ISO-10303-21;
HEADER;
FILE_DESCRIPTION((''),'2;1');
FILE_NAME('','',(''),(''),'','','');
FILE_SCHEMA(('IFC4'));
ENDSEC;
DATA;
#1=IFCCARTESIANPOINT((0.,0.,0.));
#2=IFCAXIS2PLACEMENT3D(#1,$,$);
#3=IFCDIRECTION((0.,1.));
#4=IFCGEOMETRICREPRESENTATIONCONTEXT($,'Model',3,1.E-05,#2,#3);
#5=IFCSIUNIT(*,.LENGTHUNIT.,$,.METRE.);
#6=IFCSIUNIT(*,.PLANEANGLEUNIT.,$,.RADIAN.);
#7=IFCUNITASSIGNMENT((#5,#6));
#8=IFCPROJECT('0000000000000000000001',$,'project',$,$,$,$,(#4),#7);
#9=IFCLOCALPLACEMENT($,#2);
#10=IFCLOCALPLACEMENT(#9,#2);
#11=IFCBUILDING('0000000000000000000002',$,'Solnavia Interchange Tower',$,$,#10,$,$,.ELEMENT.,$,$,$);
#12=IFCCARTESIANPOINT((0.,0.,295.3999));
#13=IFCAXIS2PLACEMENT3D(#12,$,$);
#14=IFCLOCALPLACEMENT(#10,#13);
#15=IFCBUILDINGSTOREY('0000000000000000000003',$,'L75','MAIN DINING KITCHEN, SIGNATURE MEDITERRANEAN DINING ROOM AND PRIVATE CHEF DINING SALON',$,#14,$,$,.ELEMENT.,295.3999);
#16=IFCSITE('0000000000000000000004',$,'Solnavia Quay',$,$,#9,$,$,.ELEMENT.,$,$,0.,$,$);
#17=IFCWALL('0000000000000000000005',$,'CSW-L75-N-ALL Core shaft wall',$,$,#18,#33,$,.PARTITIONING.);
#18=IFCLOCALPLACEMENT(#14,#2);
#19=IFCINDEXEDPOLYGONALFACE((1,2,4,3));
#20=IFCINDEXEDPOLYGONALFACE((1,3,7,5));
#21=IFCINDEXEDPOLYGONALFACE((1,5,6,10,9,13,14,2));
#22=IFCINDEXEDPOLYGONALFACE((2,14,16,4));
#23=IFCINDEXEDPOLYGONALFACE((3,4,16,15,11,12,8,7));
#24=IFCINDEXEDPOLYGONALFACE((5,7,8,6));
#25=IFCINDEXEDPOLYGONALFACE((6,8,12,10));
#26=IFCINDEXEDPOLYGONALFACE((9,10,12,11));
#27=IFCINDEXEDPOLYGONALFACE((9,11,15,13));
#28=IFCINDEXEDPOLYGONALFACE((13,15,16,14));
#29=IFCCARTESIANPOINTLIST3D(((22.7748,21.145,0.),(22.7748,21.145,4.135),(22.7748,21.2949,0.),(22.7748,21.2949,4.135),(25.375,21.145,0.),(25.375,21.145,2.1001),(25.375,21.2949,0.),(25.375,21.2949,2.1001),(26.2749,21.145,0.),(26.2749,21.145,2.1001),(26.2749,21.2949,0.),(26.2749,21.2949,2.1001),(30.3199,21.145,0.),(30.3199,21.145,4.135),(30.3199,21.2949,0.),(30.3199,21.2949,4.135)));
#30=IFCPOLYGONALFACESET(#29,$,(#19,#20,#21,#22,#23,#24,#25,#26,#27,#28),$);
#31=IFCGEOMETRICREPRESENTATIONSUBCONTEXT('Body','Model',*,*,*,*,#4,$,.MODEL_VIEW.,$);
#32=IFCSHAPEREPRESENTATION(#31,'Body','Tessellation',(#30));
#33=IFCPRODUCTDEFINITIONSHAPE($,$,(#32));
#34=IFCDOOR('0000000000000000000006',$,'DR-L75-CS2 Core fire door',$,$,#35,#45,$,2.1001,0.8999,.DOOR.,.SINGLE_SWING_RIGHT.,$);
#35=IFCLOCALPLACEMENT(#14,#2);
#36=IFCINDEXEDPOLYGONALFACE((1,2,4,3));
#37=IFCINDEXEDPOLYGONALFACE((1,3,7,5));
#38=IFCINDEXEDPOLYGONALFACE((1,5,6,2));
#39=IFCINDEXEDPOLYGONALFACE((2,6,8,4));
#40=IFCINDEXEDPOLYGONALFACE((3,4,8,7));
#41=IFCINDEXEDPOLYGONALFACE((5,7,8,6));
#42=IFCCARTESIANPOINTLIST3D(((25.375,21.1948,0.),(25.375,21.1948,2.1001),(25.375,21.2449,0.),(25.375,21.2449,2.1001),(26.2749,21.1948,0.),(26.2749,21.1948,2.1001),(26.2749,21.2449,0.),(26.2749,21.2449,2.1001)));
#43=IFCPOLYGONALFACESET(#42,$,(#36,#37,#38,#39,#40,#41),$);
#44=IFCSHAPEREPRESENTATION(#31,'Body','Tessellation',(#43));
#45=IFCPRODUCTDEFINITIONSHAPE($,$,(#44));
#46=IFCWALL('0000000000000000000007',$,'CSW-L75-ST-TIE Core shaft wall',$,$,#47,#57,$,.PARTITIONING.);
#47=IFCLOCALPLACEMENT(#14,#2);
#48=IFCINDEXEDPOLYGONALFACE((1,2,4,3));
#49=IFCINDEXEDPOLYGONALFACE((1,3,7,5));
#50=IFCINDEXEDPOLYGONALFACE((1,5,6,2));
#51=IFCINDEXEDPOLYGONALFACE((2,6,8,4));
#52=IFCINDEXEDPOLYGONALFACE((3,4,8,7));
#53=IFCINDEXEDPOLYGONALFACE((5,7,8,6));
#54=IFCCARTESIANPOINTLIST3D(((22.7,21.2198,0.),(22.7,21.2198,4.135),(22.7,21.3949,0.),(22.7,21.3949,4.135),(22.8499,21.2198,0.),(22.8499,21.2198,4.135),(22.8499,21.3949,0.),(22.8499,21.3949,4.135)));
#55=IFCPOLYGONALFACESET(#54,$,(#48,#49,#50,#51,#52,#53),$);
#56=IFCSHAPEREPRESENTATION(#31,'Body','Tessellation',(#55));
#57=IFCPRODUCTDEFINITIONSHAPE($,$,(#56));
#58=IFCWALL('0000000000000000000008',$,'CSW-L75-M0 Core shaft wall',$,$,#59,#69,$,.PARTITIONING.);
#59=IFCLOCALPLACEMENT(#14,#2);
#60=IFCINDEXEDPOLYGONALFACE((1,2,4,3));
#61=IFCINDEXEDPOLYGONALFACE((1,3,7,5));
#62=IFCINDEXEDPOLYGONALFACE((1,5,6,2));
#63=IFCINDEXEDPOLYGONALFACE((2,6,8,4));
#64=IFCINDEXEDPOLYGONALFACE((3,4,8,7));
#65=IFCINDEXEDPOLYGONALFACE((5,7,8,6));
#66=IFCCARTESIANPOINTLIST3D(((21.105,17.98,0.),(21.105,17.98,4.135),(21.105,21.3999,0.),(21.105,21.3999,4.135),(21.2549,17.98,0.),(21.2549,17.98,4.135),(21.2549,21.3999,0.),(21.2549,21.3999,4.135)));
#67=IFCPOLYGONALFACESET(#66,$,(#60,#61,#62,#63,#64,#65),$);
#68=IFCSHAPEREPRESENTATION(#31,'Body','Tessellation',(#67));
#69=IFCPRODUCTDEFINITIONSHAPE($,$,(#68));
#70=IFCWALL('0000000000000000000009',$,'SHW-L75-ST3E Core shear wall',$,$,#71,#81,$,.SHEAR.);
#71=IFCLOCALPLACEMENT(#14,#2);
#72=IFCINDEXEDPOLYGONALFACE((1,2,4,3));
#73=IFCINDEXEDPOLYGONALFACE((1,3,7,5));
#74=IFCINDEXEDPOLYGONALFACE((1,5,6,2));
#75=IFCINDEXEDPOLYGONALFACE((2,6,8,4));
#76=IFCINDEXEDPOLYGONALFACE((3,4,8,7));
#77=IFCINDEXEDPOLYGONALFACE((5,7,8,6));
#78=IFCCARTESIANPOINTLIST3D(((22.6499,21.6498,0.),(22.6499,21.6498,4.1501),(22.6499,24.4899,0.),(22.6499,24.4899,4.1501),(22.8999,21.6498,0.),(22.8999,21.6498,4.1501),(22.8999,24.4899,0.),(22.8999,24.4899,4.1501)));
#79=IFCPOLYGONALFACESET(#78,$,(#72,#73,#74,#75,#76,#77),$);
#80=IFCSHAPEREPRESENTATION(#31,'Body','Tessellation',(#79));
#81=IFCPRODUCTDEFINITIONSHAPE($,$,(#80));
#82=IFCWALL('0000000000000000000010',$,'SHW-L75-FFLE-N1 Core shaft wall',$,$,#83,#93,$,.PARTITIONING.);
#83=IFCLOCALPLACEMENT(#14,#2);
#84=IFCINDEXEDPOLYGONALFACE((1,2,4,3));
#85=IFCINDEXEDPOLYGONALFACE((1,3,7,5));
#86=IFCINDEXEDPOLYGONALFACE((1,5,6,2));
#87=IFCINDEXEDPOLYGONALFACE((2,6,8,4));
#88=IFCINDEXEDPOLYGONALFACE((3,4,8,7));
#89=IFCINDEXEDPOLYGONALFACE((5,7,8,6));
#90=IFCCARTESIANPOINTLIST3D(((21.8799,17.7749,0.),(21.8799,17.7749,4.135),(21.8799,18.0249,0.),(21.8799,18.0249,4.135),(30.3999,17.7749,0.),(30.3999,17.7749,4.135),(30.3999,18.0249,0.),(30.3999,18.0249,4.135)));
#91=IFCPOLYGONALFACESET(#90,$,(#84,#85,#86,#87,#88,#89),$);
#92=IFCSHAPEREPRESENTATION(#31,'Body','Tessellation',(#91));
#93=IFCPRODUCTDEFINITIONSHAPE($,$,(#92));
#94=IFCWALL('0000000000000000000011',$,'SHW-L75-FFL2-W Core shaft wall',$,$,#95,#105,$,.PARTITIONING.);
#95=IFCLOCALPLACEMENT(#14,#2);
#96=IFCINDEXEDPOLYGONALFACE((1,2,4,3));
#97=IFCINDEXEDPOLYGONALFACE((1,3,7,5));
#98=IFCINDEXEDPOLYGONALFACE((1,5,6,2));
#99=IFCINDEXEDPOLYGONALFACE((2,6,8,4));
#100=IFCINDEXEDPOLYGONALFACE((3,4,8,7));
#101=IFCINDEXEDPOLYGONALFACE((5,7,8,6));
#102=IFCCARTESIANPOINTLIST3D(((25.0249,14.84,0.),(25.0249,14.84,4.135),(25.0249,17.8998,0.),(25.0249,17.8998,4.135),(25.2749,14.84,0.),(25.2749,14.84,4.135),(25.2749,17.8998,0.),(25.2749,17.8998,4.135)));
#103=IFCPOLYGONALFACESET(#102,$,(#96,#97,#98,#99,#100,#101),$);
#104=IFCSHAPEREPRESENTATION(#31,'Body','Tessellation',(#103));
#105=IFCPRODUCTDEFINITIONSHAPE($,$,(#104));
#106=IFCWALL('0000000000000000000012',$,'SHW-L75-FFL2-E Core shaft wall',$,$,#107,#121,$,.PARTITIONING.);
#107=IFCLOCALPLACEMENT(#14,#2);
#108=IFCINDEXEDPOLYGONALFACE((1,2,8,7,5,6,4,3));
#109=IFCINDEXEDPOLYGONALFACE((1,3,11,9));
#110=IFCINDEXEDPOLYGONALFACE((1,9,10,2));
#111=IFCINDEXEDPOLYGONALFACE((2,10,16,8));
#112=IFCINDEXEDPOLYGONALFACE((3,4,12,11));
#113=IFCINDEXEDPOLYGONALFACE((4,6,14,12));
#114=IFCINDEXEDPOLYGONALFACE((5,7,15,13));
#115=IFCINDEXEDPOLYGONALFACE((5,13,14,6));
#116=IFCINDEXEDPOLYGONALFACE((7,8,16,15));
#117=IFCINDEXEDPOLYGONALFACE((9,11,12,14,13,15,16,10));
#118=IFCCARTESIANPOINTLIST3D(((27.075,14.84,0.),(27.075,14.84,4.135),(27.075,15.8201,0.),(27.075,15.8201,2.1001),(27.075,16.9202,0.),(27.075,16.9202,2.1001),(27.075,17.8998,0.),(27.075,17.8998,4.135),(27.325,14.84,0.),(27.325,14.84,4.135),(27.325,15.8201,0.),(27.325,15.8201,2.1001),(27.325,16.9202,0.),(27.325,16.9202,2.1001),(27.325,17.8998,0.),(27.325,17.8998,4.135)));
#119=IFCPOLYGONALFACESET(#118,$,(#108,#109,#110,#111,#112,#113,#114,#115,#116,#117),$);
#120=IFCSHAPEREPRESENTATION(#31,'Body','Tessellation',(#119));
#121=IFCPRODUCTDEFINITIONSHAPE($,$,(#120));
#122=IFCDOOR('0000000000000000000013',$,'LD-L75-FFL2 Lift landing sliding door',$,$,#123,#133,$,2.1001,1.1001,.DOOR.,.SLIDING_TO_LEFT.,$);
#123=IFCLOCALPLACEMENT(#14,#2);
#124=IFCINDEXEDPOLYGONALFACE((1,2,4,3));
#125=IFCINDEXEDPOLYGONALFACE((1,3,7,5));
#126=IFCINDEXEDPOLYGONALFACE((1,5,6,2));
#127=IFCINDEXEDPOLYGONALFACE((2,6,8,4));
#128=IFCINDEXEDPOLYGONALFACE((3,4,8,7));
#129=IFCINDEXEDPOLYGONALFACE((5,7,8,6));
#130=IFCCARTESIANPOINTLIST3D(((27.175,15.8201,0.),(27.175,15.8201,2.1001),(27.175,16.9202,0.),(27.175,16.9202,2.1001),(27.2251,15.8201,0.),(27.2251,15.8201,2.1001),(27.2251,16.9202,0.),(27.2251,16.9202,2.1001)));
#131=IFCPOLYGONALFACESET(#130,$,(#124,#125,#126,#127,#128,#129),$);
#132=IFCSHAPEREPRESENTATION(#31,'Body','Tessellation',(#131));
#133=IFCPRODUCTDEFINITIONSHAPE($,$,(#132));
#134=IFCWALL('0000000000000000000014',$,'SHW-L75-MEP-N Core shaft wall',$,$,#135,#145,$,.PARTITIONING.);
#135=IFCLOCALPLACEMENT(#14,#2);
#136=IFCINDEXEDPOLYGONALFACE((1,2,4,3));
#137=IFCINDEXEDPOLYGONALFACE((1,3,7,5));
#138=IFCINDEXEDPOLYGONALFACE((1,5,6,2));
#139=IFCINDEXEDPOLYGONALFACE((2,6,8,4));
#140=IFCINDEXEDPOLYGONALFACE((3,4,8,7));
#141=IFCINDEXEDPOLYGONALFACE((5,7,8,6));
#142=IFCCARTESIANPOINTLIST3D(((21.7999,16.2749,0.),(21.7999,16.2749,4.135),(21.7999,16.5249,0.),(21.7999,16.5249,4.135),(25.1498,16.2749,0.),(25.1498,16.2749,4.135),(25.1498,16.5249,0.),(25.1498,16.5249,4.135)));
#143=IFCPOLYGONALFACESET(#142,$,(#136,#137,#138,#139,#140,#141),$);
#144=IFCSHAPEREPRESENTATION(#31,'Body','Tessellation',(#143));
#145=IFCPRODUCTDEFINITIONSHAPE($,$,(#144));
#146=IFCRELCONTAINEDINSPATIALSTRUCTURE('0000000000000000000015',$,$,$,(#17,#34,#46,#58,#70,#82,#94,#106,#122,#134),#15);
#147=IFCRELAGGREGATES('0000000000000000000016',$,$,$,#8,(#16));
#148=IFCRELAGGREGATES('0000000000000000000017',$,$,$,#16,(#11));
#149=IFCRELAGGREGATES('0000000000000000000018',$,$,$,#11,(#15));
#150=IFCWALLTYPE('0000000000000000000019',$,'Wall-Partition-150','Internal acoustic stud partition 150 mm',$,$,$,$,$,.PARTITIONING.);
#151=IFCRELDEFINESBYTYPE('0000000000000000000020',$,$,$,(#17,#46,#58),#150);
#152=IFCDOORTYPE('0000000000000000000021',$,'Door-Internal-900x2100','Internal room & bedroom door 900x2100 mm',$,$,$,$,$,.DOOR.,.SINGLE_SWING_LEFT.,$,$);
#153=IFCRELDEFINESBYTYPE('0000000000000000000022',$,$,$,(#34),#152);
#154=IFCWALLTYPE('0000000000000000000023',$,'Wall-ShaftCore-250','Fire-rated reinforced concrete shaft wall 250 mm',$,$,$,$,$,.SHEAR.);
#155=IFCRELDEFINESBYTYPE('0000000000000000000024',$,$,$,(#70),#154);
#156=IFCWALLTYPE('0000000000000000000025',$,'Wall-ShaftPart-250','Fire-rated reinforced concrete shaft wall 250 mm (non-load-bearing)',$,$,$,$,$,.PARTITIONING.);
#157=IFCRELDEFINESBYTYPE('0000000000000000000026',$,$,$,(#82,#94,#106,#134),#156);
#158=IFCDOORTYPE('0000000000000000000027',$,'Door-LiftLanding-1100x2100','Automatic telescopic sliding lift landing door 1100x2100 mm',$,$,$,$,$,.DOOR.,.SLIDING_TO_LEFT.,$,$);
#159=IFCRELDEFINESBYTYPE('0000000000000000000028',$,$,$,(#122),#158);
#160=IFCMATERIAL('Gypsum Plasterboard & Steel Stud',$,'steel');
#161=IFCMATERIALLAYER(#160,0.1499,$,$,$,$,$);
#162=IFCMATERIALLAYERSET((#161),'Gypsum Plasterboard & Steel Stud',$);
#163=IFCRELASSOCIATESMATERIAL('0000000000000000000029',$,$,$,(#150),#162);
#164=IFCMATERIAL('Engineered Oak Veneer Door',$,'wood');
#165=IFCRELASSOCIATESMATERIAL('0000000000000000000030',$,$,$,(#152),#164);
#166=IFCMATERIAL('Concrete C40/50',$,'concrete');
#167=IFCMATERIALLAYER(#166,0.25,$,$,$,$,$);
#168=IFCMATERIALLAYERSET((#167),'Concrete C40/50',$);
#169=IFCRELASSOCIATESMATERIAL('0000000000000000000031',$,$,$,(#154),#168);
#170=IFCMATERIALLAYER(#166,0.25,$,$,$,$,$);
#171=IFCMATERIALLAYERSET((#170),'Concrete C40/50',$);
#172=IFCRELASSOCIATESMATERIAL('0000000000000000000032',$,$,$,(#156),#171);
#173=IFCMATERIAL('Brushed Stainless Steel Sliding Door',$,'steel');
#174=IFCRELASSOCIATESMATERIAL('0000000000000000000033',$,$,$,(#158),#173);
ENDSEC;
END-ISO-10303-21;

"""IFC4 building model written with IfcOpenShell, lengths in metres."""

from ifc_helpers import new_model, si_unit, direction, frame, frame_2d, origin, place, context, subcontext, project, spatial, rectangle, extrude, material, layer, layer_set, type_object, element, fill, save


model = new_model("IFC4")

# Units and contexts
model_context = context("Model", 3, precision=1e-05, world=origin(), true_north=direction((0.0, 1.0)))
body_context = subcontext(model_context, "Body", "Model", "MODEL_VIEW")
ifc_project = project(units=[si_unit("LENGTHUNIT", "METRE"), si_unit("PLANEANGLEUNIT", "RADIAN")], contexts=[model_context])

# Site, building, storey
site_placement = place(None, origin())
site = spatial("IfcSite", under=ifc_project, at=site_placement, Name="Solnavia Quay", CompositionType="ELEMENT", RefElevation=0.0)
building_placement = place(site_placement, origin())
building = spatial("IfcBuilding", under=site, at=building_placement, Name="Solnavia Interchange Tower", CompositionType="ELEMENT")
storey_placement = place(building_placement, frame((0.0, 0.0, 295.3999)))
storey = spatial("IfcBuildingStorey", under=building, at=storey_placement, Name="L75", Description="MAIN DINING KITCHEN, SIGNATURE MEDITERRANEAN DINING ROOM AND PRIVATE CHEF DINING SALON", CompositionType="ELEMENT", Elevation=295.3999)

# Wall, opening, door
ifc_material_1 = material(Name="Gypsum Plasterboard & Steel Stud", Category="steel")
ifc_layer_1 = layer(ifc_material_1, 0.1499)
ifc_layer_set_1 = layer_set([ifc_layer_1], Name="Gypsum Plasterboard & Steel Stud")
wall_type_1 = type_object("IfcWallType", Name="Wall-Partition-150", Description="Internal acoustic stud partition 150 mm", PredefinedType="PARTITIONING", material=ifc_layer_set_1)
wall_1_placement = place(storey_placement, frame((22.7749, 21.22, 0.0), z_axis=(0.0, 0.0, 1.0), x_axis=(1.0, 0.0, 0.0)))
wall_1 = element("IfcWall", 1, at=wall_1_placement, inside=storey, type_object=wall_type_1, Name="CSW-L75-N-ALL Core shaft wall", PredefinedType="PARTITIONING", context=body_context, shape_type="SweptSolid", body=[
    extrude(rectangle(XDim=7.5452, YDim=0.1499, at=frame_2d((3.7725, 0.0))), origin(), (0.0, 0.0, 1.0), 4.135),
])
opening_1_placement = place(wall_1_placement, frame((2.6001, 0.0, 0.0)))
opening_1 = element("IfcOpeningElement", 2, at=opening_1_placement, cuts=wall_1, PredefinedType="OPENING", context=body_context, shape_type="SweptSolid", body=[
    extrude(rectangle(XDim=0.8999, YDim=2.1001, at=frame_2d((0.45, 1.05))), frame((0.0, 0.085, 0.0), z_axis=(0.0, -1.0, 0.0), x_axis=(1.0, 0.0, 0.0)), (0.0, 0.0, 1.0), 0.1699),
])
ifc_material_2 = material(Name="Engineered Oak Veneer Door", Category="wood")
door_type_1 = type_object("IfcDoorType", Name="Door-Internal-900x2100", Description="Internal room & bedroom door 900x2100 mm", OperationType="SINGLE_SWING_LEFT", PredefinedType="DOOR", material=ifc_material_2)
door_1_placement = place(opening_1_placement, origin())
door_1 = element("IfcDoor", 3, at=door_1_placement, inside=storey, type_object=door_type_1, Name="DR-L75-CS2 Core fire door", OperationType="SINGLE_SWING_RIGHT", OverallHeight=2.1001, OverallWidth=0.8999, PredefinedType="DOOR", context=body_context, shape_type="SweptSolid", body=[
    extrude(rectangle(XDim=0.8999, YDim=2.1001, at=frame_2d((0.45, 1.05))), frame((0.0, 0.0249, 0.0), z_axis=(0.0, -1.0, 0.0), x_axis=(1.0, 0.0, 0.0)), (0.0, 0.0, 1.0), 0.05),
])
fill(opening_1, door_1)

# Walls
wall_2_placement = place(storey_placement, frame((22.7749, 21.22, 0.0), z_axis=(0.0, 0.0, 1.0), x_axis=(0.0, 1.0, 0.0)))
element("IfcWall", 4, at=wall_2_placement, inside=storey, type_object=wall_type_1, Name="CSW-L75-ST-TIE Core shaft wall", PredefinedType="PARTITIONING", context=body_context, shape_type="SweptSolid", body=[
    extrude(rectangle(XDim=0.175, YDim=0.1499, at=frame_2d((0.0874, 0.0))), origin(), (0.0, 0.0, 1.0), 4.135),
])
wall_3_placement = place(storey_placement, frame((21.1799, 17.98, 0.0), z_axis=(0.0, 0.0, 1.0), x_axis=(0.0, 1.0, 0.0)))
element("IfcWall", 5, at=wall_3_placement, inside=storey, type_object=wall_type_1, Name="CSW-L75-M0 Core shaft wall", PredefinedType="PARTITIONING", context=body_context, shape_type="SweptSolid", body=[
    extrude(rectangle(XDim=3.4199, YDim=0.1499, at=frame_2d((1.71, 0.0))), origin(), (0.0, 0.0, 1.0), 4.135),
])
ifc_material_3 = material(Name="Concrete C40/50", Category="concrete")
ifc_layer_2 = layer(ifc_material_3, 0.25)
ifc_layer_set_2 = layer_set([ifc_layer_2], Name="Concrete C40/50")
wall_type_2 = type_object("IfcWallType", Name="Wall-ShaftCore-250", Description="Fire-rated reinforced concrete shaft wall 250 mm", PredefinedType="SHEAR", material=ifc_layer_set_2)
wall_4_placement = place(storey_placement, frame((22.7749, 21.6499, 0.0), z_axis=(0.0, 0.0, 1.0), x_axis=(0.0, 1.0, 0.0)))
element("IfcWall", 6, at=wall_4_placement, inside=storey, type_object=wall_type_2, Name="SHW-L75-ST3E Core shear wall", PredefinedType="SHEAR", context=body_context, shape_type="SweptSolid", body=[
    extrude(rectangle(XDim=2.8401, YDim=0.25, at=frame_2d((1.4199, 0.0))), origin(), (0.0, 0.0, 1.0), 4.1501),
])
ifc_layer_3 = layer(ifc_material_3, 0.25)
ifc_layer_set_3 = layer_set([ifc_layer_3], Name="Concrete C40/50")
wall_type_3 = type_object("IfcWallType", Name="Wall-ShaftPart-250", Description="Fire-rated reinforced concrete shaft wall 250 mm (non-load-bearing)", PredefinedType="PARTITIONING", material=ifc_layer_set_3)
wall_5_placement = place(storey_placement, frame((21.8799, 17.8999, 0.0), z_axis=(0.0, 0.0, 1.0), x_axis=(1.0, 0.0, 0.0)))
element("IfcWall", 7, at=wall_5_placement, inside=storey, type_object=wall_type_3, Name="SHW-L75-FFLE-N1 Core shaft wall", PredefinedType="PARTITIONING", context=body_context, shape_type="SweptSolid", body=[
    extrude(rectangle(XDim=8.52, YDim=0.25, at=frame_2d((4.26, 0.0))), origin(), (0.0, 0.0, 1.0), 4.135),
])
wall_6_placement = place(storey_placement, frame((25.1499, 14.8401, 0.0), z_axis=(0.0, 0.0, 1.0), x_axis=(0.0, 1.0, 0.0)))
element("IfcWall", 8, at=wall_6_placement, inside=storey, type_object=wall_type_3, Name="SHW-L75-FFL2-W Core shaft wall", PredefinedType="PARTITIONING", context=body_context, shape_type="SweptSolid", body=[
    extrude(rectangle(XDim=3.0598, YDim=0.25, at=frame_2d((1.5298, 0.0))), origin(), (0.0, 0.0, 1.0), 4.135),
])

# Wall, opening, door
wall_7_placement = place(storey_placement, frame((27.2, 14.8401, 0.0), z_axis=(0.0, 0.0, 1.0), x_axis=(0.0, 1.0, 0.0)))
wall_7 = element("IfcWall", 9, at=wall_7_placement, inside=storey, type_object=wall_type_3, Name="SHW-L75-FFL2-E Core shaft wall", PredefinedType="PARTITIONING", context=body_context, shape_type="SweptSolid", body=[
    extrude(rectangle(XDim=3.0598, YDim=0.25, at=frame_2d((1.5298, 0.0))), origin(), (0.0, 0.0, 1.0), 4.135),
])
opening_2_placement = place(wall_7_placement, frame((0.98, 0.0, 0.0)))
opening_2 = element("IfcOpeningElement", 10, at=opening_2_placement, cuts=wall_7, PredefinedType="OPENING", context=body_context, shape_type="SweptSolid", body=[
    extrude(rectangle(XDim=1.1001, YDim=2.1001, at=frame_2d((0.55, 1.05))), frame((0.0, 0.135, 0.0), z_axis=(0.0, -1.0, 0.0), x_axis=(1.0, 0.0, 0.0)), (0.0, 0.0, 1.0), 0.27),
])
ifc_material_4 = material(Name="Brushed Stainless Steel Sliding Door", Category="steel")
door_type_2 = type_object("IfcDoorType", Name="Door-LiftLanding-1100x2100", Description="Automatic telescopic sliding lift landing door 1100x2100 mm", OperationType="SLIDING_TO_LEFT", PredefinedType="DOOR", material=ifc_material_4)
door_2_placement = place(opening_2_placement, origin())
door_2 = element("IfcDoor", 11, at=door_2_placement, inside=storey, type_object=door_type_2, Name="LD-L75-FFL2 Lift landing sliding door", OperationType="SLIDING_TO_LEFT", OverallHeight=2.1001, OverallWidth=1.1001, PredefinedType="DOOR", context=body_context, shape_type="SweptSolid", body=[
    extrude(rectangle(XDim=1.1001, YDim=2.1001, at=frame_2d((0.55, 1.05))), frame((0.0, 0.0249, 0.0), z_axis=(0.0, -1.0, 0.0), x_axis=(1.0, 0.0, 0.0)), (0.0, 0.0, 1.0), 0.05),
])
fill(opening_2, door_2)

# Wall
wall_8_placement = place(storey_placement, frame((21.8, 16.3999, 0.0), z_axis=(0.0, 0.0, 1.0), x_axis=(1.0, 0.0, 0.0)))
element("IfcWall", 12, at=wall_8_placement, inside=storey, type_object=wall_type_3, Name="SHW-L75-MEP-N Core shaft wall", PredefinedType="PARTITIONING", context=body_context, shape_type="SweptSolid", body=[
    extrude(rectangle(XDim=3.3499, YDim=0.25, at=frame_2d((1.6748, 0.0))), origin(), (0.0, 0.0, 1.0), 4.135),
])

save(model, "model.ifc")
